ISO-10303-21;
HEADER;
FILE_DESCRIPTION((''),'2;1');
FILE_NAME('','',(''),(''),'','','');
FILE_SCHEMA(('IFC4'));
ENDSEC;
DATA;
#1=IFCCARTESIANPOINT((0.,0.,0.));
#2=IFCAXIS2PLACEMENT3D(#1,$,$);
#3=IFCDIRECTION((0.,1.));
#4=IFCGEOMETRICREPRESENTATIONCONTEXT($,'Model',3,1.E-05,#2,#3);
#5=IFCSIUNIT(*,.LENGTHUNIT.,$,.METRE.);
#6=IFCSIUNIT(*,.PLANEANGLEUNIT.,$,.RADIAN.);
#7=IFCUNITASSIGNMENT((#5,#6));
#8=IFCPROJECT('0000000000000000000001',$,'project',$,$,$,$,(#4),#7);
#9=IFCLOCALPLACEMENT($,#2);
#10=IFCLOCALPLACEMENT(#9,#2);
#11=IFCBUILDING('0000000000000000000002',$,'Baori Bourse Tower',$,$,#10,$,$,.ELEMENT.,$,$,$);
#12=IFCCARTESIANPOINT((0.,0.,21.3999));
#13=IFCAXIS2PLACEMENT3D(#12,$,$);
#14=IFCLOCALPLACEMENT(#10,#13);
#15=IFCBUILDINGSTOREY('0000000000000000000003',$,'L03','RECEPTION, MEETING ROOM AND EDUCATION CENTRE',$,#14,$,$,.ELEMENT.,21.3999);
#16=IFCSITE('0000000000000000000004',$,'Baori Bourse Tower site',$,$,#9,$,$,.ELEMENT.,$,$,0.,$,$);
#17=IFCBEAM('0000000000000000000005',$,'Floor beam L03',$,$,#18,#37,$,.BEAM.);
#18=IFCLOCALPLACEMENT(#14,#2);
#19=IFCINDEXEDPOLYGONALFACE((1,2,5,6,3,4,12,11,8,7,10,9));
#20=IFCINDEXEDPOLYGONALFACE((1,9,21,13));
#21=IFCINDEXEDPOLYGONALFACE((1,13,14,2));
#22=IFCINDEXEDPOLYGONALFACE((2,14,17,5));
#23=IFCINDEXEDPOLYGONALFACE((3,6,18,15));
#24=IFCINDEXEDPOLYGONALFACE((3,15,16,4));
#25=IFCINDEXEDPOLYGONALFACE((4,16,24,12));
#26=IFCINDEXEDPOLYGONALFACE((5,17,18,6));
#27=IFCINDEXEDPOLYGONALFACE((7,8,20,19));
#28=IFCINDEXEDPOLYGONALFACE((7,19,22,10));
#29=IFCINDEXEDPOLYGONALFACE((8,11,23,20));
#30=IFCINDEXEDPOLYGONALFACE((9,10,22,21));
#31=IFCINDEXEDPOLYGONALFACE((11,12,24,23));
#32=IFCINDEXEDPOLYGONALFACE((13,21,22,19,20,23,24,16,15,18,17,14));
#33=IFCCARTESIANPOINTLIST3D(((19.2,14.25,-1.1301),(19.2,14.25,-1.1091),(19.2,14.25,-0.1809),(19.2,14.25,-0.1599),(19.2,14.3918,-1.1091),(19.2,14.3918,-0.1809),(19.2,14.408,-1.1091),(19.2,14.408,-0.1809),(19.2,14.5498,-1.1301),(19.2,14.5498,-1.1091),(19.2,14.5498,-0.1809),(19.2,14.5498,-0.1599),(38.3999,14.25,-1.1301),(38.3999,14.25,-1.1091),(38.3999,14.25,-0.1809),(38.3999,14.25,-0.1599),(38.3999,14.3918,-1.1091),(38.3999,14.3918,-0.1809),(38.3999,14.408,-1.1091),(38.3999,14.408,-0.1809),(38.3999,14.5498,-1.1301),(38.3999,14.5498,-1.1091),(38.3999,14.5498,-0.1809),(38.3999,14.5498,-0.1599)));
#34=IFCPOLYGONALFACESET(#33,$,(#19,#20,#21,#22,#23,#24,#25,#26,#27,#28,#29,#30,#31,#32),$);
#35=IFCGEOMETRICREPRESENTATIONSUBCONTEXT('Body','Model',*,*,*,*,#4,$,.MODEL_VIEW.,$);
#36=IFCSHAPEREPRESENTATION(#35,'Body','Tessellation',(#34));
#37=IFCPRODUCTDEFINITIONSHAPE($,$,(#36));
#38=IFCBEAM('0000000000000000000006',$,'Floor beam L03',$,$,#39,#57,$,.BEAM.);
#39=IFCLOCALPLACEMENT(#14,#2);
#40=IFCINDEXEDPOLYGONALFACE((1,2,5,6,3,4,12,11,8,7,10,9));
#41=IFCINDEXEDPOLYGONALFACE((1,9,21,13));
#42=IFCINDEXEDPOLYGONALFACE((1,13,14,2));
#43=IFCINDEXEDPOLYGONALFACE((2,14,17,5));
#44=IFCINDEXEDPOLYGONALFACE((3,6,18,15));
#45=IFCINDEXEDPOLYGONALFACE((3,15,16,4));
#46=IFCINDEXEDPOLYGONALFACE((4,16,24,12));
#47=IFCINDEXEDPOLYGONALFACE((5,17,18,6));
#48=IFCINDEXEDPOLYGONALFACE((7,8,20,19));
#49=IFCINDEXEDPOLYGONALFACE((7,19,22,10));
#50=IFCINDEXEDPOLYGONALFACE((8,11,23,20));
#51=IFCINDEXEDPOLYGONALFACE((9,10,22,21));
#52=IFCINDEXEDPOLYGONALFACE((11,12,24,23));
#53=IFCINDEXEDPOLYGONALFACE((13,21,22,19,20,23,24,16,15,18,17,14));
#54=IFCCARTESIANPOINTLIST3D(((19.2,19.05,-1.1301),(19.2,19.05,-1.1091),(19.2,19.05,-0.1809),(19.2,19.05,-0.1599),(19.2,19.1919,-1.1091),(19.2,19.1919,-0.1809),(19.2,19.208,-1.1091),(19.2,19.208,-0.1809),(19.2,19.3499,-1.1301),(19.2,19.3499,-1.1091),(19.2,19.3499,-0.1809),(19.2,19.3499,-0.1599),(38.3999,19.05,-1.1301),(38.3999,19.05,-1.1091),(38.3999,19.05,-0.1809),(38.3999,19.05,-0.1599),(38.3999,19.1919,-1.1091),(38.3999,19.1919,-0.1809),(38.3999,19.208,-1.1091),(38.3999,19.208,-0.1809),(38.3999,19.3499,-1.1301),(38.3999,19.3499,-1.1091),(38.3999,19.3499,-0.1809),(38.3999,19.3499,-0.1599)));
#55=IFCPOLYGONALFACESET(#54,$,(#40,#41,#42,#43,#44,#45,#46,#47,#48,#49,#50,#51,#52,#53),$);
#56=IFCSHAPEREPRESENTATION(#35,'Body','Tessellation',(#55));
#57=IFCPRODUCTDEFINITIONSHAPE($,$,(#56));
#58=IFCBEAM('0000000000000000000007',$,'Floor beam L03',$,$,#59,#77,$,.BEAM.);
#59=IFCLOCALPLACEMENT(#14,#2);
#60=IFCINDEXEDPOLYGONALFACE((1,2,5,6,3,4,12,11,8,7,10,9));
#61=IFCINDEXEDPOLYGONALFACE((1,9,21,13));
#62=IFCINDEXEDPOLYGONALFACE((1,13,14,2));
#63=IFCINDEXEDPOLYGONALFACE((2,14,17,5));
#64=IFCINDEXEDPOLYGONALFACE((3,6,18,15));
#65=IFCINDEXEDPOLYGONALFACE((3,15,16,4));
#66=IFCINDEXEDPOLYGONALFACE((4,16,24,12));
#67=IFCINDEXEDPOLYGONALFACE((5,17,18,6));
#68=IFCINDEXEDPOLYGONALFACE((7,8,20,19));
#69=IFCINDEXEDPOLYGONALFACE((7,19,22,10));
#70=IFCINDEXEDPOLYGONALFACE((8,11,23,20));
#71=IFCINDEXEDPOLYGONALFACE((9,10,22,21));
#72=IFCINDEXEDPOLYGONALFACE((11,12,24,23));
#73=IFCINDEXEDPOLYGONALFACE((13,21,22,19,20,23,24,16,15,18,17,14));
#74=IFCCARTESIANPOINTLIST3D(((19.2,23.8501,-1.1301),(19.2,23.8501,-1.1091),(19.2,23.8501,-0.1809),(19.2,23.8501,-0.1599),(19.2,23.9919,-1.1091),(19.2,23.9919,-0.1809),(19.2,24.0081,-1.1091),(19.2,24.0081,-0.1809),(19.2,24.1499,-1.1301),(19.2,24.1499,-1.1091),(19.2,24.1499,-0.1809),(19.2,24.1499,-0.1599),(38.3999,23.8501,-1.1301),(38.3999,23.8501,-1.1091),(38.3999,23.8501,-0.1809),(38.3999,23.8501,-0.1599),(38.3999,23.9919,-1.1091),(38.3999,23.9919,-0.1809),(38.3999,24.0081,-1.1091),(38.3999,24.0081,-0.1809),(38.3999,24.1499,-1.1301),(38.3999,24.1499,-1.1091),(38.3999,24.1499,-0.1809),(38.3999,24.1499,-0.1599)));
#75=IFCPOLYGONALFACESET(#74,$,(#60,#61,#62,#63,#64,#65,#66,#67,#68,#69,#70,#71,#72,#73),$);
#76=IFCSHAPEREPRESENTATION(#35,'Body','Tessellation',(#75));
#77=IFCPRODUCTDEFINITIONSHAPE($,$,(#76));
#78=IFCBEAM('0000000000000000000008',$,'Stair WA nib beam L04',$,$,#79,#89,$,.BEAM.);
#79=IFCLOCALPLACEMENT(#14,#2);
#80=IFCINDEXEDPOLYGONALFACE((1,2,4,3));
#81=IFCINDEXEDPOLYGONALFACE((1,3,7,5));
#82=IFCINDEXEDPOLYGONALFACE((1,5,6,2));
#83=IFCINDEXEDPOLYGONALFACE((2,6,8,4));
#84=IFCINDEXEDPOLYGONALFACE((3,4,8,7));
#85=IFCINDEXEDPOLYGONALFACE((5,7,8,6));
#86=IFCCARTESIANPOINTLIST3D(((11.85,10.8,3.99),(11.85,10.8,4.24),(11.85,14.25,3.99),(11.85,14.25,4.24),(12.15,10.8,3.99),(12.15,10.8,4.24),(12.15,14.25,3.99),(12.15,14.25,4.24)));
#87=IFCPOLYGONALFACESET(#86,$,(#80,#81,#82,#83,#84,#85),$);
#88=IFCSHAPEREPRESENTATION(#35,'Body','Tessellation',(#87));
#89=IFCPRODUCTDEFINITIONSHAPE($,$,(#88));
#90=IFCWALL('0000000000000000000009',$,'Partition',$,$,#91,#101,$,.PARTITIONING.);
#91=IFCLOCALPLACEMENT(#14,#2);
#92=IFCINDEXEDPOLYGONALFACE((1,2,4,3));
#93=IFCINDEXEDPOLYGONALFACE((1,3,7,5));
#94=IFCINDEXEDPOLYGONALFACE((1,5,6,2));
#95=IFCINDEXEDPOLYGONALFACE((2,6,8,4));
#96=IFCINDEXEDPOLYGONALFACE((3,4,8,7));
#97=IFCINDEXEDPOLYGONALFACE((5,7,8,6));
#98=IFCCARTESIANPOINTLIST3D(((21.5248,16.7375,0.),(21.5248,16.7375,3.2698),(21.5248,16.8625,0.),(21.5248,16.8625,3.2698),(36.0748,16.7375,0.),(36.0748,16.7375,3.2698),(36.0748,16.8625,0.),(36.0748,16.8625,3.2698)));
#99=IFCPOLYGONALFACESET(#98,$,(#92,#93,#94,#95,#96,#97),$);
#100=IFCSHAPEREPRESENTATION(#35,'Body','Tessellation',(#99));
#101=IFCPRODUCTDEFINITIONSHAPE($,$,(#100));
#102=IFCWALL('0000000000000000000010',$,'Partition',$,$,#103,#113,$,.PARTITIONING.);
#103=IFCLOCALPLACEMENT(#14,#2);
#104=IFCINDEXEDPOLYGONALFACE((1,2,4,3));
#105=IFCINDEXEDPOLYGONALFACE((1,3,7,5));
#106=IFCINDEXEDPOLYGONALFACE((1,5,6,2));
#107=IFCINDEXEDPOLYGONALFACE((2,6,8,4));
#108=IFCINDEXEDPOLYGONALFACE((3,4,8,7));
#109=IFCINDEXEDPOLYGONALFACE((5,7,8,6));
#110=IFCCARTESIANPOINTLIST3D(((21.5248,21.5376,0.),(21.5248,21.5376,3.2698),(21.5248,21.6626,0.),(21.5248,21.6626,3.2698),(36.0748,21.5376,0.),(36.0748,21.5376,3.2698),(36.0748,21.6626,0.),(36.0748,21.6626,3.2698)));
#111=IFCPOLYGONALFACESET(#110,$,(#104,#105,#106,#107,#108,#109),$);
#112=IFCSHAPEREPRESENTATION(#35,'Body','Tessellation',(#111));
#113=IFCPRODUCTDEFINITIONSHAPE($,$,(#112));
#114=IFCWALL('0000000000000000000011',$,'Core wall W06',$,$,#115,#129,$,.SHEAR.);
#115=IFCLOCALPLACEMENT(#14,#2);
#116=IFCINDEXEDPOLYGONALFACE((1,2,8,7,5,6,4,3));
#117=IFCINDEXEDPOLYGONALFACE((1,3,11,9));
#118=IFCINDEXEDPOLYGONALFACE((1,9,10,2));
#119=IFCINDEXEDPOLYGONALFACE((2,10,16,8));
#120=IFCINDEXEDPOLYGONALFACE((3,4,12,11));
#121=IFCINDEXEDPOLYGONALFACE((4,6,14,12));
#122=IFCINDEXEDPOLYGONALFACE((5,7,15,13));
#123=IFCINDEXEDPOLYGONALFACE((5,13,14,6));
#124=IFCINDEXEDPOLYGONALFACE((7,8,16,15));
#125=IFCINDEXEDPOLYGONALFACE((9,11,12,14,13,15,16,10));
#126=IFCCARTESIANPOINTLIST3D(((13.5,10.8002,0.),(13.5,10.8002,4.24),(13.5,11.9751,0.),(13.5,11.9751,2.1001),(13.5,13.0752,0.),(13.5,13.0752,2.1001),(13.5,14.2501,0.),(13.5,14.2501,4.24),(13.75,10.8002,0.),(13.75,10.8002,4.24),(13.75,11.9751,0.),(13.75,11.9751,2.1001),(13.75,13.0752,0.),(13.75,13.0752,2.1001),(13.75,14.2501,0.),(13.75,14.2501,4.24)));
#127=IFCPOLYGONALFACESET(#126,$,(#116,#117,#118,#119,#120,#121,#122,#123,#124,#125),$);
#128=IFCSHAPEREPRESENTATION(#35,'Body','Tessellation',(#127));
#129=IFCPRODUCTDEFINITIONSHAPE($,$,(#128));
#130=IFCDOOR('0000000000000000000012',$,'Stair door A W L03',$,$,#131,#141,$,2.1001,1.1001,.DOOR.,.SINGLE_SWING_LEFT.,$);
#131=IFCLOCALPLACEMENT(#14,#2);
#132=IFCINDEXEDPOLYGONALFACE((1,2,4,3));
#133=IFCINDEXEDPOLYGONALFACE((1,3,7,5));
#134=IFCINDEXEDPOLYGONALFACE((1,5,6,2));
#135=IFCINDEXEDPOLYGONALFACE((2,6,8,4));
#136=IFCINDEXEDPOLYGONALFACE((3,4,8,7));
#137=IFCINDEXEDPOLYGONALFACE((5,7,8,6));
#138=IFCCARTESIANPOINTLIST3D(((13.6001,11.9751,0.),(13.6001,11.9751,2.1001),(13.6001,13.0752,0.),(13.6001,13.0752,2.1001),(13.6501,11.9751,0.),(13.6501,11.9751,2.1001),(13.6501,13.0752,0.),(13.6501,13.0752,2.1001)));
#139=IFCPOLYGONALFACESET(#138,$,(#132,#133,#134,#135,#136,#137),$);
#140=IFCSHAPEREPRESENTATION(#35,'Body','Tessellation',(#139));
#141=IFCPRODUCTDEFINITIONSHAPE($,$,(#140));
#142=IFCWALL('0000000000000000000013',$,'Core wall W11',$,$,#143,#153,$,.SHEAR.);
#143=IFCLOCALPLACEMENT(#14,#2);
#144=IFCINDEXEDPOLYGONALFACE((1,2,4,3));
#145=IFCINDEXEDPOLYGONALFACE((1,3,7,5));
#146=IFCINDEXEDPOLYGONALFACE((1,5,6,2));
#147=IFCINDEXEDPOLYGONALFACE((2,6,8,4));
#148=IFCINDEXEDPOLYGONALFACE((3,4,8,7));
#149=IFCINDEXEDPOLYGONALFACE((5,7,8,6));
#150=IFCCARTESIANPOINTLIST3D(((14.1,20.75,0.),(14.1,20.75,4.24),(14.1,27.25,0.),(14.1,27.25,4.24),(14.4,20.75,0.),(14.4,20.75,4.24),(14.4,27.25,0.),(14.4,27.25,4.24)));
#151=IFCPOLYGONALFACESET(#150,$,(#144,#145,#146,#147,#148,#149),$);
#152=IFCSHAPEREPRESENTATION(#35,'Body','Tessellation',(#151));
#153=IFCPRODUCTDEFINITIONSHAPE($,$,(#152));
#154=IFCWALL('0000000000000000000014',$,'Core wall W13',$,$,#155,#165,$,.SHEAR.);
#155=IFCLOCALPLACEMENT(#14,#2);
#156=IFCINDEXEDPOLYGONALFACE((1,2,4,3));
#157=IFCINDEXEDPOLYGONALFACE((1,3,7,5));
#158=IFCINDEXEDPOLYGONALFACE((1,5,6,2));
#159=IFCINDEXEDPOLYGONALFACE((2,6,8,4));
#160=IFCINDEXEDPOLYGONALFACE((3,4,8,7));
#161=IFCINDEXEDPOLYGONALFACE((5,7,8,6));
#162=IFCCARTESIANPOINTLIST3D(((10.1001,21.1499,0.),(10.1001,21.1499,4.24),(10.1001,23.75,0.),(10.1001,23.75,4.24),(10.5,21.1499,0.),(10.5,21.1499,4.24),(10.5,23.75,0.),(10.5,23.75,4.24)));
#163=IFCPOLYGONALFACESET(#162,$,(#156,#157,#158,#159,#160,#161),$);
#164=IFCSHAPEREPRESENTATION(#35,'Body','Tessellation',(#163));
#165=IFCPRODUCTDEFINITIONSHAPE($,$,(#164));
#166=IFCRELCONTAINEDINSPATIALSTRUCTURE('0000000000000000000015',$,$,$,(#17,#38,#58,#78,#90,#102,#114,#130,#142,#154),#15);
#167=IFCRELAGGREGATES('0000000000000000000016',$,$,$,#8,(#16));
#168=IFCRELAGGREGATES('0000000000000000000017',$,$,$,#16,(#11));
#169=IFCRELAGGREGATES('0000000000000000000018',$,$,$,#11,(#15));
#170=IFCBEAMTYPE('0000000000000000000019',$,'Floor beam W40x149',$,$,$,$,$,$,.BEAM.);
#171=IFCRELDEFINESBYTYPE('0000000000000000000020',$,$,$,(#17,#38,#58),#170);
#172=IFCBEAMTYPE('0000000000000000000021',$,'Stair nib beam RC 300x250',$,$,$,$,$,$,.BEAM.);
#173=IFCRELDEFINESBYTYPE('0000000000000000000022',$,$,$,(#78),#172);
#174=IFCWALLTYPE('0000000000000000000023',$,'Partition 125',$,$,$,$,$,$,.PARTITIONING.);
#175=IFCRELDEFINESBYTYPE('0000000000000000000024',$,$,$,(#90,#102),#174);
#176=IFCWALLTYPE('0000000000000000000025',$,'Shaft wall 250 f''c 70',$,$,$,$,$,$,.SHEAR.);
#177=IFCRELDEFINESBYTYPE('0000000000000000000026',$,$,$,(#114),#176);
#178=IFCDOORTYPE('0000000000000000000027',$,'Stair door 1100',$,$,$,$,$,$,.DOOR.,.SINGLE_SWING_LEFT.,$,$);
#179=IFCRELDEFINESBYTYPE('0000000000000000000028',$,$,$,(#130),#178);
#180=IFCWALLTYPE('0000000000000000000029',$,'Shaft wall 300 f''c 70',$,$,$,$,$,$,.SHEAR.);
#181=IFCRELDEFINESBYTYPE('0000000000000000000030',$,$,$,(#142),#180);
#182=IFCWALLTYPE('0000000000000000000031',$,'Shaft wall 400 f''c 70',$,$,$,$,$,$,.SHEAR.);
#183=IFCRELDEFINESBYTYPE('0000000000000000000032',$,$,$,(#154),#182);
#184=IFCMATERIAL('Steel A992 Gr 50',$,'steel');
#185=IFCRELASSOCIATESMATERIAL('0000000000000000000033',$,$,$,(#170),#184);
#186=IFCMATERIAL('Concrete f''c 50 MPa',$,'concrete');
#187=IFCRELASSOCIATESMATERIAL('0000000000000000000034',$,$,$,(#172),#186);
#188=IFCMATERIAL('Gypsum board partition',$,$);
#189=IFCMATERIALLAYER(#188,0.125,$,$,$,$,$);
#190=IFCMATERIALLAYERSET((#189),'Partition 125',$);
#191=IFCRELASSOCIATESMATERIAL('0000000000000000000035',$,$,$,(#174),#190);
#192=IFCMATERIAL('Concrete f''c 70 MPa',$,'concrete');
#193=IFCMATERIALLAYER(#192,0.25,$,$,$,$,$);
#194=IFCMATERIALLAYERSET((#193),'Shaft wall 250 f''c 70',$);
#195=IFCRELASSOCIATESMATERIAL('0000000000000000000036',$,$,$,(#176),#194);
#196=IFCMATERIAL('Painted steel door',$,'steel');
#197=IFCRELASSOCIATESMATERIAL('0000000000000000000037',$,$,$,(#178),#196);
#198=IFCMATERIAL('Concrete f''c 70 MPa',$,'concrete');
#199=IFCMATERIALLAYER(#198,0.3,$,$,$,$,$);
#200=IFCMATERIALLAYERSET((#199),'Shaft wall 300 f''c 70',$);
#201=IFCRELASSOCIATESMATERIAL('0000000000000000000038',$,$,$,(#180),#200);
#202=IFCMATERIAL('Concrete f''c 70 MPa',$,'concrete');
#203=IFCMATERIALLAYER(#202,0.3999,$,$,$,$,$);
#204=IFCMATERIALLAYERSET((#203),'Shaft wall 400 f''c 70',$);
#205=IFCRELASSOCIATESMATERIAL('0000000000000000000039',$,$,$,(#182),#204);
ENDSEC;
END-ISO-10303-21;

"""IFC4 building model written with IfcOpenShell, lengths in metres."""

from ifc_helpers import new_model, si_unit, direction, frame, frame_2d, origin, origin_2d, place, context, subcontext, project, spatial, rectangle, i_section, extrude, material, layer, layer_set, material_profile, profile_set, type_object, element, fill, save


model = new_model("IFC4")

# Units and contexts
model_context = context("Model", 3, precision=1e-05, world=origin(), true_north=direction((0.0, 1.0)))
body_context = subcontext(model_context, "Body", "Model", "MODEL_VIEW")
ifc_project = project(units=[si_unit("LENGTHUNIT", "METRE"), si_unit("PLANEANGLEUNIT", "RADIAN")], contexts=[model_context])

# Site, building, storey
site_placement = place(None, origin())
site = spatial("IfcSite", under=ifc_project, at=site_placement, Name="Baori Bourse Tower site", CompositionType="ELEMENT", RefElevation=0.0)
building_placement = place(site_placement, origin())
building = spatial("IfcBuilding", under=site, at=building_placement, Name="Baori Bourse Tower", CompositionType="ELEMENT")
storey_placement = place(building_placement, frame((0.0, 0.0, 21.3999)))
storey = spatial("IfcBuildingStorey", under=building, at=storey_placement, Name="L03", Description="RECEPTION, MEETING ROOM AND EDUCATION CENTRE", CompositionType="ELEMENT", Elevation=21.3999)

# Beams
ifc_material_1 = material(Name="Steel A992 Gr 50", Category="steel")
ifc_material_profile_1 = material_profile(ifc_material_1, i_section(OverallWidth=0.2998, OverallDepth=0.9702, WebThickness=0.0161, FlangeThickness=0.021, at=origin_2d()), Name="W40x149")
ifc_profile_set_1 = profile_set([ifc_material_profile_1], Name="Steel A992 Gr 50")
beam_type_1 = type_object("IfcBeamType", Name="Floor beam W40x149", PredefinedType="BEAM", material=ifc_profile_set_1)
for number, where, z_axis, x_axis, name in (
    (1, (19.2, 14.3999, -0.645), (1.0, 0.0, 0.0), (0.0, 1.0, 0.0), "Floor beam L03"),
    (2, (19.2, 19.2, -0.645), (1.0, 0.0, 0.0), (0.0, 1.0, 0.0), "Floor beam L03"),
    (3, (19.2, 24.0, -0.645), (1.0, 0.0, 0.0), (0.0, 1.0, 0.0), "Floor beam L03"),
):
    element("IfcBeam", number, at=place(storey_placement, frame(where, z_axis=z_axis, x_axis=x_axis)), inside=storey, type_object=beam_type_1, Name=name, PredefinedType="BEAM", context=body_context, shape_type="SweptSolid", body=[
        extrude(i_section(OverallWidth=0.2998, OverallDepth=0.9702, WebThickness=0.0161, FlangeThickness=0.021, at=origin_2d()), origin(), (0.0, 0.0, 1.0), 19.2),
    ])
ifc_material_2 = material(Name="Concrete f'c 50 MPa", Category="concrete")
ifc_material_profile_2 = material_profile(ifc_material_2, rectangle(XDim=0.3, YDim=0.25, at=origin_2d()), Name="RC 300x250")
ifc_profile_set_2 = profile_set([ifc_material_profile_2], Name="Concrete f'c 50 MPa")
beam_type_2 = type_object("IfcBeamType", Name="Stair nib beam RC 300x250", PredefinedType="BEAM", material=ifc_profile_set_2)
beam_placement = place(storey_placement, frame((12.0, 10.8, 4.115), z_axis=(0.0, 1.0, 0.0), x_axis=(-1.0, 0.0, 0.0)))
element("IfcBeam", 4, at=beam_placement, inside=storey, type_object=beam_type_2, Name="Stair WA nib beam L04", PredefinedType="BEAM", context=body_context, shape_type="SweptSolid", body=[
    extrude(rectangle(XDim=0.3, YDim=0.25, at=origin_2d()), origin(), (0.0, 0.0, 1.0), 3.45),
])

# Walls
ifc_material_3 = material(Name="Gypsum board partition")
ifc_layer_1 = layer(ifc_material_3, 0.125)
ifc_layer_set_1 = layer_set([ifc_layer_1], Name="Partition 125")
wall_type_1 = type_object("IfcWallType", Name="Partition 125", PredefinedType="PARTITIONING", material=ifc_layer_set_1)
for number, where, z_axis, x_axis, name in (
    (5, (21.5249, 16.8, 0.0), (0.0, 0.0, 1.0), (1.0, 0.0, 0.0), "Partition"),
    (6, (21.5249, 21.6001, 0.0), (0.0, 0.0, 1.0), (1.0, 0.0, 0.0), "Partition"),
):
    element("IfcWall", number, at=place(storey_placement, frame(where, z_axis=z_axis, x_axis=x_axis)), inside=storey, type_object=wall_type_1, Name=name, PredefinedType="PARTITIONING", context=body_context, shape_type="SweptSolid", body=[
        extrude(rectangle(XDim=14.55, YDim=0.125, at=frame_2d((7.2749, 0.0))), origin(), (0.0, 0.0, 1.0), 3.2698),
    ])

# Wall, opening, door
ifc_material_4 = material(Name="Concrete f'c 70 MPa", Category="concrete")
ifc_layer_2 = layer(ifc_material_4, 0.25)
ifc_layer_set_2 = layer_set([ifc_layer_2], Name="Shaft wall 250 f'c 70")
wall_type_2 = type_object("IfcWallType", Name="Shaft wall 250 f'c 70", PredefinedType="SHEAR", material=ifc_layer_set_2)
wall_1_placement = place(storey_placement, frame((13.625, 10.8, 0.0), z_axis=(0.0, 0.0, 1.0), x_axis=(0.0, 1.0, 0.0)))
wall_1 = element("IfcWall", 7, at=wall_1_placement, inside=storey, type_object=wall_type_2, Name="Core wall W06", PredefinedType="SHEAR", context=body_context, shape_type="SweptSolid", body=[
    extrude(rectangle(XDim=3.45, YDim=0.25, at=frame_2d((1.7251, 0.0))), origin(), (0.0, 0.0, 1.0), 4.24),
])
opening_placement = place(wall_1_placement, frame((1.175, 0.0, 0.0)))
opening = element("IfcOpeningElement", 8, at=opening_placement, cuts=wall_1, PredefinedType="OPENING", context=body_context, shape_type="SweptSolid", body=[
    extrude(rectangle(XDim=1.1001, YDim=2.1001, at=frame_2d((0.55, 1.05))), frame((0.0, 0.135, 0.0), z_axis=(0.0, -1.0, 0.0), x_axis=(1.0, 0.0, 0.0)), (0.0, 0.0, 1.0), 0.27),
])
ifc_material_5 = material(Name="Painted steel door", Category="steel")
door_type = type_object("IfcDoorType", Name="Stair door 1100", OperationType="SINGLE_SWING_LEFT", PredefinedType="DOOR", material=ifc_material_5)
door_placement = place(opening_placement, origin())
door = element("IfcDoor", 9, at=door_placement, inside=storey, type_object=door_type, Name="Stair door A W L03", OperationType="SINGLE_SWING_LEFT", OverallHeight=2.1001, OverallWidth=1.1001, PredefinedType="DOOR", context=body_context, shape_type="SweptSolid", body=[
    extrude(rectangle(XDim=1.1001, YDim=2.1001, at=frame_2d((0.55, 1.05))), frame((0.0, 0.0249, 0.0), z_axis=(0.0, -1.0, 0.0), x_axis=(1.0, 0.0, 0.0)), (0.0, 0.0, 1.0), 0.05),
])
fill(opening, door)

# Walls
ifc_material_6 = material(Name="Concrete f'c 70 MPa", Category="concrete")
ifc_layer_3 = layer(ifc_material_6, 0.3)
ifc_layer_set_3 = layer_set([ifc_layer_3], Name="Shaft wall 300 f'c 70")
wall_type_3 = type_object("IfcWallType", Name="Shaft wall 300 f'c 70", PredefinedType="SHEAR", material=ifc_layer_set_3)
wall_2_placement = place(storey_placement, frame((14.25, 20.75, 0.0), z_axis=(0.0, 0.0, 1.0), x_axis=(0.0, 1.0, 0.0)))
element("IfcWall", 10, at=wall_2_placement, inside=storey, type_object=wall_type_3, Name="Core wall W11", PredefinedType="SHEAR", context=body_context, shape_type="SweptSolid", body=[
    extrude(rectangle(XDim=6.5, YDim=0.3, at=frame_2d((3.25, 0.0))), origin(), (0.0, 0.0, 1.0), 4.24),
])
ifc_material_7 = material(Name="Concrete f'c 70 MPa", Category="concrete")
ifc_layer_4 = layer(ifc_material_7, 0.3999)
ifc_layer_set_4 = layer_set([ifc_layer_4], Name="Shaft wall 400 f'c 70")
wall_type_4 = type_object("IfcWallType", Name="Shaft wall 400 f'c 70", PredefinedType="SHEAR", material=ifc_layer_set_4)
wall_3_placement = place(storey_placement, frame((10.3, 21.1499, 0.0), z_axis=(0.0, 0.0, 1.0), x_axis=(0.0, 1.0, 0.0)))
element("IfcWall", 11, at=wall_3_placement, inside=storey, type_object=wall_type_4, Name="Core wall W13", PredefinedType="SHEAR", context=body_context, shape_type="SweptSolid", body=[
    extrude(rectangle(XDim=2.6001, YDim=0.3999, at=frame_2d((1.3, 0.0))), origin(), (0.0, 0.0, 1.0), 4.24),
])

save(model, "model.ifc")
